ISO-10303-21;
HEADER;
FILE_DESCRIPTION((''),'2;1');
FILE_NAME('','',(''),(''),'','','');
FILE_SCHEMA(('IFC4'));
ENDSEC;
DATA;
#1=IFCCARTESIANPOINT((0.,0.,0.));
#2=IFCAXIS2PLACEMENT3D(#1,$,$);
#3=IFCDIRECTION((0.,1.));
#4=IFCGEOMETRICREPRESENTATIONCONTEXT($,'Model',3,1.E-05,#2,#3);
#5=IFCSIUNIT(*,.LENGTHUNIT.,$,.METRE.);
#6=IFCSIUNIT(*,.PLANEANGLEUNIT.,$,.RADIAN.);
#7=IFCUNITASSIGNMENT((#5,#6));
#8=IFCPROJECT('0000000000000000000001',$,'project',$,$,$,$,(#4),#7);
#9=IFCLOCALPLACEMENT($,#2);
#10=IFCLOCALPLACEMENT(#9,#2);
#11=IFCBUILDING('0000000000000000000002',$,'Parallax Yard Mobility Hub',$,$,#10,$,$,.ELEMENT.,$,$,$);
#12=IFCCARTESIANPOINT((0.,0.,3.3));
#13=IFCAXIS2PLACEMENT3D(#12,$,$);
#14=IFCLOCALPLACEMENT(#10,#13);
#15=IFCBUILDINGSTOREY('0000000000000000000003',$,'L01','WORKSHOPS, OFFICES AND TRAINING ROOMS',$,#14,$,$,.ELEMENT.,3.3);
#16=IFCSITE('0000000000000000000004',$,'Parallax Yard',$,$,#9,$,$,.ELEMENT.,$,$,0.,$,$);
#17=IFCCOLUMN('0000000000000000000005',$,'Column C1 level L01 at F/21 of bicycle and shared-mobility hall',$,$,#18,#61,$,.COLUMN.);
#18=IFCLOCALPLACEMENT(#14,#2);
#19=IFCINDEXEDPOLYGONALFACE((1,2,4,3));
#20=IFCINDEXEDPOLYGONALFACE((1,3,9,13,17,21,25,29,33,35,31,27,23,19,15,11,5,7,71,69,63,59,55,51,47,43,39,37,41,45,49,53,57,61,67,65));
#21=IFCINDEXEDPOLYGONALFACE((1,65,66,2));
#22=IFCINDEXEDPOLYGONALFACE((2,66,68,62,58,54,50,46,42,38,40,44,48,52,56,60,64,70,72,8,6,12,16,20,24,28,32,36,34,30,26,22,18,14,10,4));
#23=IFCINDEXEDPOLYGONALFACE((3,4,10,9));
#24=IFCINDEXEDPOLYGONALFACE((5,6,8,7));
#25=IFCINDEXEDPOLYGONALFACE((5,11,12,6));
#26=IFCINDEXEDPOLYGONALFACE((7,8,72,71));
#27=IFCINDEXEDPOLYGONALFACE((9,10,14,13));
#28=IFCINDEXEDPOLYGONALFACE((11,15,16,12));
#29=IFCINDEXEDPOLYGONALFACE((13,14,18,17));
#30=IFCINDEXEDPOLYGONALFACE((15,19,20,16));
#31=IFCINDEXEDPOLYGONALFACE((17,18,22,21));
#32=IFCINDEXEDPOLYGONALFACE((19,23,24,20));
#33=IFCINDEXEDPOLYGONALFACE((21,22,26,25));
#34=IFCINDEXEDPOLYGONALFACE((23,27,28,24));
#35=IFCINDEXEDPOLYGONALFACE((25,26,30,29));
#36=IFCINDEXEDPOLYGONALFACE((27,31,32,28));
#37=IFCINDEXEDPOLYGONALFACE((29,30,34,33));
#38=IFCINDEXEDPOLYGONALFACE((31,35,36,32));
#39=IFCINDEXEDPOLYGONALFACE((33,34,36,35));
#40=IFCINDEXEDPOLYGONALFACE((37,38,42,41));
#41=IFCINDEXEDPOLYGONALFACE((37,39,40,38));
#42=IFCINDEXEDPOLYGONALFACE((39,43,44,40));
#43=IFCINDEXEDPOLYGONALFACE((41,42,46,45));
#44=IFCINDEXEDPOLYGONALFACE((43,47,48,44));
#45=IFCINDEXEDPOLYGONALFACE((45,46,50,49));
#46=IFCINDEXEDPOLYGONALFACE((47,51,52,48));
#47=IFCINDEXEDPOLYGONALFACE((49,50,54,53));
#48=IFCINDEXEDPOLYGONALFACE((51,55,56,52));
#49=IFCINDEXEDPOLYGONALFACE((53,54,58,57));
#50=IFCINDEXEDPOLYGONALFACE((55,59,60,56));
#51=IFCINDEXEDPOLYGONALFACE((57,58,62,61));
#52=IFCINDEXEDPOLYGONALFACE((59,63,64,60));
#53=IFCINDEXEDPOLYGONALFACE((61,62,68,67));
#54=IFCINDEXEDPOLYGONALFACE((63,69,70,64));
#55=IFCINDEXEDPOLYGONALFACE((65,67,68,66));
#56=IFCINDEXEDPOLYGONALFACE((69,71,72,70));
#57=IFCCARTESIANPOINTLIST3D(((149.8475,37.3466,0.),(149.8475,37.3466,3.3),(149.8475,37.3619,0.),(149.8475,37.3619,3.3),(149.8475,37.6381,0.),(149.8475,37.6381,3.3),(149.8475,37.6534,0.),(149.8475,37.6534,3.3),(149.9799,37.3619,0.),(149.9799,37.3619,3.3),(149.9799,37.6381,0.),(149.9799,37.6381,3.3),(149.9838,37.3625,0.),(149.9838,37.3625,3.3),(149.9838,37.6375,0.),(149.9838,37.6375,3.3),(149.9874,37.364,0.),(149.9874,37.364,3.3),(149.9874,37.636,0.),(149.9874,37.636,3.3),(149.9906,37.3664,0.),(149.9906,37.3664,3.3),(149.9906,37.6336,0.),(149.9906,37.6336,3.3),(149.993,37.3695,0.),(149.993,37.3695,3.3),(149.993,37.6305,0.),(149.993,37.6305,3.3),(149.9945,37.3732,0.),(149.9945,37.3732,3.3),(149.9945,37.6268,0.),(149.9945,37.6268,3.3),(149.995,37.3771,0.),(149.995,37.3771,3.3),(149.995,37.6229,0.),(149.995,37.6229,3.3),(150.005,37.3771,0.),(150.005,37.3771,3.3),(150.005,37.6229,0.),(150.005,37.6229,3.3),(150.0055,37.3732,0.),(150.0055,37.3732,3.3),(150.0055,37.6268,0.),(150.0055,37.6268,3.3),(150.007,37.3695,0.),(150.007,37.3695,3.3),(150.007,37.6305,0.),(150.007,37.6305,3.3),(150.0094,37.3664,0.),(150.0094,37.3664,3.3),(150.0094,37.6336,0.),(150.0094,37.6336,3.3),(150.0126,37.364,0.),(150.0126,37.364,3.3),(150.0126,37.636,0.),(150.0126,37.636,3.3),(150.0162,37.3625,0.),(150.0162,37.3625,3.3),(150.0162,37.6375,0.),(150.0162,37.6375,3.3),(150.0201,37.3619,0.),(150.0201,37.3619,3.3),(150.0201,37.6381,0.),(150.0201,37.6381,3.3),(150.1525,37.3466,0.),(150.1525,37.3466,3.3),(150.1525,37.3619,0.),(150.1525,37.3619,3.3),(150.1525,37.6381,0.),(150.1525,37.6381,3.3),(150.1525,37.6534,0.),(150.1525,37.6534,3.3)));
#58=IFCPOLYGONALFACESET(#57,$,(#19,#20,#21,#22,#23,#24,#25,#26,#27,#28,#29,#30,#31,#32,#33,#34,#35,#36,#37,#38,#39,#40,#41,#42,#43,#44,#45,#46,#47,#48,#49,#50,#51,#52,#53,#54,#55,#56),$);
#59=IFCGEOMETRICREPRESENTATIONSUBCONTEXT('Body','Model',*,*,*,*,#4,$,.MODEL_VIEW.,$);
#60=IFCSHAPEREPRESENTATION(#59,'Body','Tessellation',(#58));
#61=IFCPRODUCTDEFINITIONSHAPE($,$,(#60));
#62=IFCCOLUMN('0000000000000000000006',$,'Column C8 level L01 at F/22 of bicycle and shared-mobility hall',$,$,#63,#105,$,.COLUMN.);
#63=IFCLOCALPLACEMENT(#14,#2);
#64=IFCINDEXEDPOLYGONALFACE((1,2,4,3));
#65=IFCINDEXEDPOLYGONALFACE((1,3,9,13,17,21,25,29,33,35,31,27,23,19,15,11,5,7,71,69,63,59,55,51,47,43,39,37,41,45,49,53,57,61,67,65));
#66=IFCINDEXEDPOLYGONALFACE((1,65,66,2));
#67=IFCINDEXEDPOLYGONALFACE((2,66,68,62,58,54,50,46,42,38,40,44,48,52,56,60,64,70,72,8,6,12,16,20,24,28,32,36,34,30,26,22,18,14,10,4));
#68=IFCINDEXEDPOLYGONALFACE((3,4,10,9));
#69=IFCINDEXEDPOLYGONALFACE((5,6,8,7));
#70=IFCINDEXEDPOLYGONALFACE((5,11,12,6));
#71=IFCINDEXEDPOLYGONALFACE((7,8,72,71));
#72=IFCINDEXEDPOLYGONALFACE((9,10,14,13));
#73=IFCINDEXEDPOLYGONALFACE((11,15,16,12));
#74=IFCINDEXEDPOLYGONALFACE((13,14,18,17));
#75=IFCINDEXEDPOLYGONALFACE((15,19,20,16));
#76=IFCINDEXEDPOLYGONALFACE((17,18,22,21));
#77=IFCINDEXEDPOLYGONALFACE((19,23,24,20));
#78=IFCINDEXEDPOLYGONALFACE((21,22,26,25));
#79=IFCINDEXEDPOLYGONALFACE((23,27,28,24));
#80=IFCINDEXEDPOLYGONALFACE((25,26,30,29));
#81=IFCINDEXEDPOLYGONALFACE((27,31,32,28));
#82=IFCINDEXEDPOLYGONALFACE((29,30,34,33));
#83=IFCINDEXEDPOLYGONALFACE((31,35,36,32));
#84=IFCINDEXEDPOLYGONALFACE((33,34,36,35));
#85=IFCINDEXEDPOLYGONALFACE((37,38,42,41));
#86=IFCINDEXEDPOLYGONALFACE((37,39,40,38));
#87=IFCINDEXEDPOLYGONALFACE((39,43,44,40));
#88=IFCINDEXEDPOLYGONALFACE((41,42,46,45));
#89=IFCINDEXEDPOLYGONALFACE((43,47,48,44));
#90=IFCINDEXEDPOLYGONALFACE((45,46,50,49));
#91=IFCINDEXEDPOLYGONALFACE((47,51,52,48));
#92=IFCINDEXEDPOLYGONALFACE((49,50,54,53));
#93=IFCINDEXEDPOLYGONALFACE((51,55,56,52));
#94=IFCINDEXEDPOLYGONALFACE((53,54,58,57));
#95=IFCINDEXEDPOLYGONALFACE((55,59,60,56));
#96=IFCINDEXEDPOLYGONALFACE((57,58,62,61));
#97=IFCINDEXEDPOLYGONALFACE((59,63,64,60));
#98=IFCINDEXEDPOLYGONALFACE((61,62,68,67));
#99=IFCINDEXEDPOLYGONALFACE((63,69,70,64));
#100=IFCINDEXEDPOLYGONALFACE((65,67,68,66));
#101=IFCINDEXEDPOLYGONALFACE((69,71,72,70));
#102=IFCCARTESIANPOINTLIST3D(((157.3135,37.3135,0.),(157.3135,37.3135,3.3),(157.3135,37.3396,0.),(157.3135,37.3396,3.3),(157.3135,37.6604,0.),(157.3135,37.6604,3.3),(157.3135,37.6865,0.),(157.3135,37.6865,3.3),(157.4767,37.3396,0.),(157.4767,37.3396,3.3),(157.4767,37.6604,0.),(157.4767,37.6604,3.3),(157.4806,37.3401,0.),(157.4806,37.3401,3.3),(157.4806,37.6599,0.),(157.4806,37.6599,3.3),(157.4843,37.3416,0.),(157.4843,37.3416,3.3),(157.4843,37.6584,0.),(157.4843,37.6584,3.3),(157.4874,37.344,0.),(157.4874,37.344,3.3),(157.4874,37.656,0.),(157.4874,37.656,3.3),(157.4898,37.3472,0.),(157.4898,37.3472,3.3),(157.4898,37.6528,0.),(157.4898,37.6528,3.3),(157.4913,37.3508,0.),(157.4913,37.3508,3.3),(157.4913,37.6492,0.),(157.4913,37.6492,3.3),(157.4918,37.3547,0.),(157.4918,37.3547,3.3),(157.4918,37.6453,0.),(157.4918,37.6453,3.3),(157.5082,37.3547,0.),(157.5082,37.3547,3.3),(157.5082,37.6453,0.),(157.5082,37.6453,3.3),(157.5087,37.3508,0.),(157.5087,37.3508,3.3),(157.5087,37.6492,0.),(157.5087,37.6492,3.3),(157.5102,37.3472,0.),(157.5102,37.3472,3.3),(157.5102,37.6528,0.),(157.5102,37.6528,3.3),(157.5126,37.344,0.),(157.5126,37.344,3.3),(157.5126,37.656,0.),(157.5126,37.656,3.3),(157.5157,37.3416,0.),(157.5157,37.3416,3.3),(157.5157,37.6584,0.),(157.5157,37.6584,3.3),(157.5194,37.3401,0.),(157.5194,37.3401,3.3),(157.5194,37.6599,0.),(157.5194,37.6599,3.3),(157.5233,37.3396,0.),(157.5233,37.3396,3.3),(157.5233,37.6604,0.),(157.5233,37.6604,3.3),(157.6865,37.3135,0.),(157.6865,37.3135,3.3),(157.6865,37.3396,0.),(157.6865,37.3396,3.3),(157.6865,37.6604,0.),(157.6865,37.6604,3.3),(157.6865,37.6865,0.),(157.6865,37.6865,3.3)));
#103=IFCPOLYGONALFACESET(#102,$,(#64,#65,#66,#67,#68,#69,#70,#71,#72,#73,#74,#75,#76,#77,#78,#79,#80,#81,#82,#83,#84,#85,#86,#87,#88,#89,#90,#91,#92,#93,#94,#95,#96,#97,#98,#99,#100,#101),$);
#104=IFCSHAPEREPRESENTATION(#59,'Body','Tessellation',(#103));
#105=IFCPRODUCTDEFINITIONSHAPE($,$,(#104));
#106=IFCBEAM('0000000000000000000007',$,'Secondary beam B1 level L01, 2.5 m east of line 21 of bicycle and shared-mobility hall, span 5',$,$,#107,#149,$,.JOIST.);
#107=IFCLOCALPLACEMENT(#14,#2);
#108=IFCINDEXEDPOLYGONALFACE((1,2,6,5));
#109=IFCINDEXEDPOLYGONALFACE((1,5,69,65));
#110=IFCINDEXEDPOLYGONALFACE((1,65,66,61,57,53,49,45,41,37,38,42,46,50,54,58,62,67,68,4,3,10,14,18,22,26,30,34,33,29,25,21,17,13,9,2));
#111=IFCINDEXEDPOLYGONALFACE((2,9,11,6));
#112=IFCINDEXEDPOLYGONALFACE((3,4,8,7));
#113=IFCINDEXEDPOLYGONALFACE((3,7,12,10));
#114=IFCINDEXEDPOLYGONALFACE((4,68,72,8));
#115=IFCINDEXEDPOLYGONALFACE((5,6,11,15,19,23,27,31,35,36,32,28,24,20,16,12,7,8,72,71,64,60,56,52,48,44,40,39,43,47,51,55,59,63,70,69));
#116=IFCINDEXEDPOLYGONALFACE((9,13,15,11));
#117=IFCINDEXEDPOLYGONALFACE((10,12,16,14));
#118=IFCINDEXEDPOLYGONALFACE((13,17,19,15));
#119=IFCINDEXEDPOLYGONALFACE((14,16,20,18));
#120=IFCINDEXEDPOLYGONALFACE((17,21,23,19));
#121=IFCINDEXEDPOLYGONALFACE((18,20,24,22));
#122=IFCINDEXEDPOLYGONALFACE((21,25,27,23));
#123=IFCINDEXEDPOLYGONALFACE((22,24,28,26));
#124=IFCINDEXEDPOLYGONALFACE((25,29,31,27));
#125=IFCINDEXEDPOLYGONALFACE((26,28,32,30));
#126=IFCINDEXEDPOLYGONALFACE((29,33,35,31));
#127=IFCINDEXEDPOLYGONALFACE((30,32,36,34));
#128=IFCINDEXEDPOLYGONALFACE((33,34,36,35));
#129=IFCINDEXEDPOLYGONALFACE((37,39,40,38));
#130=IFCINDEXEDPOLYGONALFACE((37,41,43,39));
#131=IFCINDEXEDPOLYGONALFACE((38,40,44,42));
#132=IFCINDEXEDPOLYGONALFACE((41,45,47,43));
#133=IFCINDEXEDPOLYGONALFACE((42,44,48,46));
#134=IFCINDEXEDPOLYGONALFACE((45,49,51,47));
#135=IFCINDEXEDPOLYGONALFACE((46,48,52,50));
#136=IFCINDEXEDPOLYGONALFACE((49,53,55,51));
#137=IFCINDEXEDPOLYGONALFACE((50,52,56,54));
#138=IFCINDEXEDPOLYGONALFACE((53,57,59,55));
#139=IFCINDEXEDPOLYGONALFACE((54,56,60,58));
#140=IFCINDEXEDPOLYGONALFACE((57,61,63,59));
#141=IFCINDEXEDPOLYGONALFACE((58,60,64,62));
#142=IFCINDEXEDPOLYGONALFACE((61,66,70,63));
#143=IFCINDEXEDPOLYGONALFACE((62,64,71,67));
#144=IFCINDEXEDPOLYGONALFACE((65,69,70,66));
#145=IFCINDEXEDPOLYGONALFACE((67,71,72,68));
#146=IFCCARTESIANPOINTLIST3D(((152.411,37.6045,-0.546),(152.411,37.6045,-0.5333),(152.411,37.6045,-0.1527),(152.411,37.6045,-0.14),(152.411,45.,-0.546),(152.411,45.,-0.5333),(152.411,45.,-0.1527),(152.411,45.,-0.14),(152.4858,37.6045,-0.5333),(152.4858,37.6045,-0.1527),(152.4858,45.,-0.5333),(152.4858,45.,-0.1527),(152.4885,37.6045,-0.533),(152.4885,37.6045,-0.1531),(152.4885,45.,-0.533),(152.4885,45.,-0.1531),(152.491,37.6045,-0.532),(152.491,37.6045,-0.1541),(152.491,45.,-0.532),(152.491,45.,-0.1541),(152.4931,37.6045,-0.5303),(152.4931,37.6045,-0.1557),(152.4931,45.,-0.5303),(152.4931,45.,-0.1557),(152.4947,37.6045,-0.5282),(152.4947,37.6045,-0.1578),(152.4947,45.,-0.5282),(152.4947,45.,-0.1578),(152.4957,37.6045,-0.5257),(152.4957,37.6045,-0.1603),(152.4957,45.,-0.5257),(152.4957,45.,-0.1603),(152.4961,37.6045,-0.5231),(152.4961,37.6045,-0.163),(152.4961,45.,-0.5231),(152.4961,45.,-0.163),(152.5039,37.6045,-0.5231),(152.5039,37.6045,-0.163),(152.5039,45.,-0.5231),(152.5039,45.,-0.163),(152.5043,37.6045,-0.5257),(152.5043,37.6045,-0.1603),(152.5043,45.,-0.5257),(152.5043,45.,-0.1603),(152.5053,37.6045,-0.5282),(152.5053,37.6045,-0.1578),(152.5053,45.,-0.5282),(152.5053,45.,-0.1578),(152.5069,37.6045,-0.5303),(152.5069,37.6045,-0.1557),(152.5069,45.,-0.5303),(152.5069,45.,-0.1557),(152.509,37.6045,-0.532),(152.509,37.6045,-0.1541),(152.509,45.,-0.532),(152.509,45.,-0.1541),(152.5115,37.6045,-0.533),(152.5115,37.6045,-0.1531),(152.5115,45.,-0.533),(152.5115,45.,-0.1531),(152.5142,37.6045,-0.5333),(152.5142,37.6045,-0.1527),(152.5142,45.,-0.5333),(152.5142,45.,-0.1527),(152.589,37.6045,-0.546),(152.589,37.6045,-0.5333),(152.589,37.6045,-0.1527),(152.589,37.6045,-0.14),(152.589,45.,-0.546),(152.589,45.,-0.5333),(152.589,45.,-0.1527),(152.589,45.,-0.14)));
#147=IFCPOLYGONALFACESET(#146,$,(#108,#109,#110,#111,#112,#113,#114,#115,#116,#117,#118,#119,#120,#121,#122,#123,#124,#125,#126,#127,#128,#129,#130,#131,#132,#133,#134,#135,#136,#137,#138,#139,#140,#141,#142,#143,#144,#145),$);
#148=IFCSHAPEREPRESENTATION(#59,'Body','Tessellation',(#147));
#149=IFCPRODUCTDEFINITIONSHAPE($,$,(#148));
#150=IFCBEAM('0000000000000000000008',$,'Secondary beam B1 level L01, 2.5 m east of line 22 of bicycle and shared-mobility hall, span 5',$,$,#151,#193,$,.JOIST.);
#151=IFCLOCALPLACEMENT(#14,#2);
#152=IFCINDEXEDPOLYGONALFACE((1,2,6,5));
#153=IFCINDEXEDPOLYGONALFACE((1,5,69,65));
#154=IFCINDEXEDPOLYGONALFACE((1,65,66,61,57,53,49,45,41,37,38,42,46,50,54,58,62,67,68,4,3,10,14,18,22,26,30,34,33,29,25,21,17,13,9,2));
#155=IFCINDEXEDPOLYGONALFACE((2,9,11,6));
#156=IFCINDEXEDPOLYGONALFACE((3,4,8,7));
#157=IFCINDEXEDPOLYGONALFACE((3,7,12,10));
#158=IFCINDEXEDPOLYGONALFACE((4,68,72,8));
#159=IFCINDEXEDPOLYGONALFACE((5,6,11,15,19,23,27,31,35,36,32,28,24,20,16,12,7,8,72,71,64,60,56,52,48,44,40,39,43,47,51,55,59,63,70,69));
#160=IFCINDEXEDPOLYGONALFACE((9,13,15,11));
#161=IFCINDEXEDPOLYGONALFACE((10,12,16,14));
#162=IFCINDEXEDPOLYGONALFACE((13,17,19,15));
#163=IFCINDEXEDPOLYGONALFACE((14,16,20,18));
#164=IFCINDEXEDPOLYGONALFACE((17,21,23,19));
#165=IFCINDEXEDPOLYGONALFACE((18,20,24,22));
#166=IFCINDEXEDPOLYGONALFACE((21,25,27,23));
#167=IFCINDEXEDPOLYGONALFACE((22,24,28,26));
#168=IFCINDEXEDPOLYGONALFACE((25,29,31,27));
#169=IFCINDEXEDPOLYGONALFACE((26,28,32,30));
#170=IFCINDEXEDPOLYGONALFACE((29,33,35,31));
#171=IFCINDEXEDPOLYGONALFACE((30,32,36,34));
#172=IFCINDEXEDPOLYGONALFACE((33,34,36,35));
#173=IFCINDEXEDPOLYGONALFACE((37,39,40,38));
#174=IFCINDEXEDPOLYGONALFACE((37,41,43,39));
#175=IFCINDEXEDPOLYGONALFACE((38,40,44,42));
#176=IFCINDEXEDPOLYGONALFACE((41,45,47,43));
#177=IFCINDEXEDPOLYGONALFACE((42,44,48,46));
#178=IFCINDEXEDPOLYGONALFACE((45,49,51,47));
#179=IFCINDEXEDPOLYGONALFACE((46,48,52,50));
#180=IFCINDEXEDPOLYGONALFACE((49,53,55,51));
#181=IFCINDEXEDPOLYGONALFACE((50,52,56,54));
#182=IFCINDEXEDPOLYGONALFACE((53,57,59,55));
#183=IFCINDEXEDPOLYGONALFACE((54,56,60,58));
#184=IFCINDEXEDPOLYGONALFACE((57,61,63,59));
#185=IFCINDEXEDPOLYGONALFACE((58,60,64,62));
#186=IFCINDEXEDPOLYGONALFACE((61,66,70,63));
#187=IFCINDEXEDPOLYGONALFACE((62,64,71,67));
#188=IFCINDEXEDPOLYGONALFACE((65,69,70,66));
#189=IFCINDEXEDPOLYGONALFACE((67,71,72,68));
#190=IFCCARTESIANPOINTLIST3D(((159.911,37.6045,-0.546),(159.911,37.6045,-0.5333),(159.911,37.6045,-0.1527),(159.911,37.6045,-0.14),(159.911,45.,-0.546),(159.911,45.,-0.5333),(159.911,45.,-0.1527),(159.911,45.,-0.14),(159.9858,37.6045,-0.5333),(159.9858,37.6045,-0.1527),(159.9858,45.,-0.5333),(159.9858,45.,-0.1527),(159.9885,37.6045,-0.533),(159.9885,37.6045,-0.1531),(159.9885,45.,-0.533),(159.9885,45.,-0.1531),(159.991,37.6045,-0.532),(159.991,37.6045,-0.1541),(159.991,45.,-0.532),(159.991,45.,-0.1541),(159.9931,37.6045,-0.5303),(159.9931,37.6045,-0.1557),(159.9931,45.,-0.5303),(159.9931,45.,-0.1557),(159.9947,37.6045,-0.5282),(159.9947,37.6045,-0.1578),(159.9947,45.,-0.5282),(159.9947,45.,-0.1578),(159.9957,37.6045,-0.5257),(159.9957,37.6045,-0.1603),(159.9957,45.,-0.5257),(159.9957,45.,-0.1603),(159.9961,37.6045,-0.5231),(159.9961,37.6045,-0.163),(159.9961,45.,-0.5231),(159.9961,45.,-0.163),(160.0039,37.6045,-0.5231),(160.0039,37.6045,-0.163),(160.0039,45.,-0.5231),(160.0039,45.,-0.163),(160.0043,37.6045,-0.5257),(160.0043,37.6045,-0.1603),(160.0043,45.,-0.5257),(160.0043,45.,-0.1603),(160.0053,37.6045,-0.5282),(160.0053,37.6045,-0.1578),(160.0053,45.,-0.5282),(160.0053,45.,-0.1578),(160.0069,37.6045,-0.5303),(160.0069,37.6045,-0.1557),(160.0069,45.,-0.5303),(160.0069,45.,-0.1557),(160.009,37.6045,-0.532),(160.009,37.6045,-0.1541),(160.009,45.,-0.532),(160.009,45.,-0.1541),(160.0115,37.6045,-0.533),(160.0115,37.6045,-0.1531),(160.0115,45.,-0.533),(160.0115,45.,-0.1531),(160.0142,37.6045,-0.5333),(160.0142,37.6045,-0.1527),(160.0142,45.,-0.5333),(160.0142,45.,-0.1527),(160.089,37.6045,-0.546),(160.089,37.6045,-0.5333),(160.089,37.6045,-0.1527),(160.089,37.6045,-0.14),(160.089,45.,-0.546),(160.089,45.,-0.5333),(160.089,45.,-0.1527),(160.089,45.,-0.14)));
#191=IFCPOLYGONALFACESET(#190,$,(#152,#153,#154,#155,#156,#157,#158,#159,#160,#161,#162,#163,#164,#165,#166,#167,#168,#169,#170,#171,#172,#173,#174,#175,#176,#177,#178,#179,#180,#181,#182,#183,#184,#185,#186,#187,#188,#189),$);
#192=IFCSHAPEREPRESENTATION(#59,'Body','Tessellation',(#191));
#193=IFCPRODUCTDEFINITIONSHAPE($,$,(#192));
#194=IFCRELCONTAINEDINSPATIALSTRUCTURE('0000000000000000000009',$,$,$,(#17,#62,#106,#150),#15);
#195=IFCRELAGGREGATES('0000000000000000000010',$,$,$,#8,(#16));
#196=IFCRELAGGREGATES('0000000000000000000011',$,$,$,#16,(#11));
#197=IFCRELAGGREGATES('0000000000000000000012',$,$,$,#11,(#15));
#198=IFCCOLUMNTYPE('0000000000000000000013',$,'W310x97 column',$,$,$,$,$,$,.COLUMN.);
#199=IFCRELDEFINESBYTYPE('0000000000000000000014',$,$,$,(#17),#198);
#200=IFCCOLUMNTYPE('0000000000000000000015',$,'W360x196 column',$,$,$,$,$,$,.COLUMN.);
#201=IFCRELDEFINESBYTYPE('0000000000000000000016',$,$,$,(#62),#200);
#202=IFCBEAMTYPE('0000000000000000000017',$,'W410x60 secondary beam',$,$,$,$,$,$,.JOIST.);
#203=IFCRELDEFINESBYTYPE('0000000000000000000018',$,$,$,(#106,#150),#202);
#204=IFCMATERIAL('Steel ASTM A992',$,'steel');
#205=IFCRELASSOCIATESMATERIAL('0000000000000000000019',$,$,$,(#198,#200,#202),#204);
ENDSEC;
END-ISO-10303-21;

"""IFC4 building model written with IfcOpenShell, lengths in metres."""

from ifc_helpers import new_model, si_unit, direction, frame, origin, origin_2d, place, context, subcontext, project, spatial, i_section, extrude, material, material_profile, profile_set, type_object, element, save


model = new_model("IFC4")

# Units and contexts
model_context = context("Model", 3, precision=1e-05, world=origin(), true_north=direction((0.0, 1.0)))
body_context = subcontext(model_context, "Body", "Model", "MODEL_VIEW")
ifc_project = project(units=[si_unit("LENGTHUNIT", "METRE"), si_unit("PLANEANGLEUNIT", "RADIAN")], contexts=[model_context])

# Site, building, storey
site_placement = place(None, origin())
site = spatial("IfcSite", under=ifc_project, at=site_placement, Name="Parallax Yard", CompositionType="ELEMENT", RefElevation=0.0)
building_placement = place(site_placement, origin())
building = spatial("IfcBuilding", under=site, at=building_placement, Name="Parallax Yard Mobility Hub", CompositionType="ELEMENT")
storey_placement = place(building_placement, frame((0.0, 0.0, 3.3)))
storey = spatial("IfcBuildingStorey", under=building, at=storey_placement, Name="L01", Description="WORKSHOPS, OFFICES AND TRAINING ROOMS", CompositionType="ELEMENT", Elevation=3.3)

# Columns
ifc_material_1 = material(Name="Steel ASTM A992", Category="steel")
ifc_material_profile_1 = material_profile(ifc_material_1, i_section(OverallWidth=0.3049, OverallDepth=0.3069, WebThickness=0.01, FlangeThickness=0.0154, FilletRadius=0.0151, at=origin_2d()), Name="W310x97")
ifc_profile_set_1 = profile_set([ifc_material_profile_1], Name="Steel ASTM A992")
column_type_1 = type_object("IfcColumnType", Name="W310x97 column", PredefinedType="COLUMN", material=ifc_profile_set_1)
column_1_placement = place(storey_placement, frame((150.0, 37.5, 0.0), z_axis=(0.0, 0.0, 1.0), x_axis=(1.0, 0.0, 0.0)))
element("IfcColumn", 1, at=column_1_placement, inside=storey, type_object=column_type_1, Name="Column C1 level L01 at F/21 of bicycle and shared-mobility hall", PredefinedType="COLUMN", context=body_context, shape_type="SweptSolid", body=[
    extrude(i_section(OverallWidth=0.3049, OverallDepth=0.3069, WebThickness=0.01, FlangeThickness=0.0154, FilletRadius=0.0151, at=origin_2d()), origin(), (0.0, 0.0, 1.0), 3.3),
])
ifc_material_profile_2 = material_profile(ifc_material_1, i_section(OverallWidth=0.373, OverallDepth=0.373, WebThickness=0.0164, FlangeThickness=0.0261, FilletRadius=0.0151, at=origin_2d()), Name="W360x196")
ifc_profile_set_2 = profile_set([ifc_material_profile_2], Name="Steel ASTM A992")
column_type_2 = type_object("IfcColumnType", Name="W360x196 column", PredefinedType="COLUMN", material=ifc_profile_set_2)
column_2_placement = place(storey_placement, frame((157.5, 37.5, 0.0), z_axis=(0.0, 0.0, 1.0), x_axis=(1.0, 0.0, 0.0)))
element("IfcColumn", 2, at=column_2_placement, inside=storey, type_object=column_type_2, Name="Column C8 level L01 at F/22 of bicycle and shared-mobility hall", PredefinedType="COLUMN", context=body_context, shape_type="SweptSolid", body=[
    extrude(i_section(OverallWidth=0.373, OverallDepth=0.373, WebThickness=0.0164, FlangeThickness=0.0261, FilletRadius=0.0151, at=origin_2d()), origin(), (0.0, 0.0, 1.0), 3.3),
])

# Beams
ifc_material_profile_3 = material_profile(ifc_material_1, i_section(OverallWidth=0.178, OverallDepth=0.406, WebThickness=0.0078, FlangeThickness=0.0127, FilletRadius=0.0103, at=origin_2d()), Name="W410x60")
ifc_profile_set_3 = profile_set([ifc_material_profile_3], Name="Steel ASTM A992")
beam_type_1 = type_object("IfcBeamType", Name="W410x60 secondary beam", PredefinedType="JOIST", material=ifc_profile_set_3)
for number, where, z_axis, x_axis, name in (
    (3, (152.5, 37.6045, -0.343), (0.0, 1.0, 0.0), (-1.0, 0.0, 0.0), "Secondary beam B1 level L01, 2.5 m east of line 21 of bicycle and shared-mobility hall, span 5"),
    (4, (160.0, 37.6045, -0.343), (0.0, 1.0, 0.0), (-1.0, 0.0, 0.0), "Secondary beam B1 level L01, 2.5 m east of line 22 of bicycle and shared-mobility hall, span 5"),
):
    element("IfcBeam", number, at=place(storey_placement, frame(where, z_axis=z_axis, x_axis=x_axis)), inside=storey, type_object=beam_type_1, Name=name, PredefinedType="JOIST", context=body_context, shape_type="SweptSolid", body=[
        extrude(i_section(OverallWidth=0.178, OverallDepth=0.406, WebThickness=0.0078, FlangeThickness=0.0127, FilletRadius=0.0103, at=origin_2d()), origin(), (0.0, 0.0, 1.0), 7.3955),
    ])

save(model, "model.ifc")
